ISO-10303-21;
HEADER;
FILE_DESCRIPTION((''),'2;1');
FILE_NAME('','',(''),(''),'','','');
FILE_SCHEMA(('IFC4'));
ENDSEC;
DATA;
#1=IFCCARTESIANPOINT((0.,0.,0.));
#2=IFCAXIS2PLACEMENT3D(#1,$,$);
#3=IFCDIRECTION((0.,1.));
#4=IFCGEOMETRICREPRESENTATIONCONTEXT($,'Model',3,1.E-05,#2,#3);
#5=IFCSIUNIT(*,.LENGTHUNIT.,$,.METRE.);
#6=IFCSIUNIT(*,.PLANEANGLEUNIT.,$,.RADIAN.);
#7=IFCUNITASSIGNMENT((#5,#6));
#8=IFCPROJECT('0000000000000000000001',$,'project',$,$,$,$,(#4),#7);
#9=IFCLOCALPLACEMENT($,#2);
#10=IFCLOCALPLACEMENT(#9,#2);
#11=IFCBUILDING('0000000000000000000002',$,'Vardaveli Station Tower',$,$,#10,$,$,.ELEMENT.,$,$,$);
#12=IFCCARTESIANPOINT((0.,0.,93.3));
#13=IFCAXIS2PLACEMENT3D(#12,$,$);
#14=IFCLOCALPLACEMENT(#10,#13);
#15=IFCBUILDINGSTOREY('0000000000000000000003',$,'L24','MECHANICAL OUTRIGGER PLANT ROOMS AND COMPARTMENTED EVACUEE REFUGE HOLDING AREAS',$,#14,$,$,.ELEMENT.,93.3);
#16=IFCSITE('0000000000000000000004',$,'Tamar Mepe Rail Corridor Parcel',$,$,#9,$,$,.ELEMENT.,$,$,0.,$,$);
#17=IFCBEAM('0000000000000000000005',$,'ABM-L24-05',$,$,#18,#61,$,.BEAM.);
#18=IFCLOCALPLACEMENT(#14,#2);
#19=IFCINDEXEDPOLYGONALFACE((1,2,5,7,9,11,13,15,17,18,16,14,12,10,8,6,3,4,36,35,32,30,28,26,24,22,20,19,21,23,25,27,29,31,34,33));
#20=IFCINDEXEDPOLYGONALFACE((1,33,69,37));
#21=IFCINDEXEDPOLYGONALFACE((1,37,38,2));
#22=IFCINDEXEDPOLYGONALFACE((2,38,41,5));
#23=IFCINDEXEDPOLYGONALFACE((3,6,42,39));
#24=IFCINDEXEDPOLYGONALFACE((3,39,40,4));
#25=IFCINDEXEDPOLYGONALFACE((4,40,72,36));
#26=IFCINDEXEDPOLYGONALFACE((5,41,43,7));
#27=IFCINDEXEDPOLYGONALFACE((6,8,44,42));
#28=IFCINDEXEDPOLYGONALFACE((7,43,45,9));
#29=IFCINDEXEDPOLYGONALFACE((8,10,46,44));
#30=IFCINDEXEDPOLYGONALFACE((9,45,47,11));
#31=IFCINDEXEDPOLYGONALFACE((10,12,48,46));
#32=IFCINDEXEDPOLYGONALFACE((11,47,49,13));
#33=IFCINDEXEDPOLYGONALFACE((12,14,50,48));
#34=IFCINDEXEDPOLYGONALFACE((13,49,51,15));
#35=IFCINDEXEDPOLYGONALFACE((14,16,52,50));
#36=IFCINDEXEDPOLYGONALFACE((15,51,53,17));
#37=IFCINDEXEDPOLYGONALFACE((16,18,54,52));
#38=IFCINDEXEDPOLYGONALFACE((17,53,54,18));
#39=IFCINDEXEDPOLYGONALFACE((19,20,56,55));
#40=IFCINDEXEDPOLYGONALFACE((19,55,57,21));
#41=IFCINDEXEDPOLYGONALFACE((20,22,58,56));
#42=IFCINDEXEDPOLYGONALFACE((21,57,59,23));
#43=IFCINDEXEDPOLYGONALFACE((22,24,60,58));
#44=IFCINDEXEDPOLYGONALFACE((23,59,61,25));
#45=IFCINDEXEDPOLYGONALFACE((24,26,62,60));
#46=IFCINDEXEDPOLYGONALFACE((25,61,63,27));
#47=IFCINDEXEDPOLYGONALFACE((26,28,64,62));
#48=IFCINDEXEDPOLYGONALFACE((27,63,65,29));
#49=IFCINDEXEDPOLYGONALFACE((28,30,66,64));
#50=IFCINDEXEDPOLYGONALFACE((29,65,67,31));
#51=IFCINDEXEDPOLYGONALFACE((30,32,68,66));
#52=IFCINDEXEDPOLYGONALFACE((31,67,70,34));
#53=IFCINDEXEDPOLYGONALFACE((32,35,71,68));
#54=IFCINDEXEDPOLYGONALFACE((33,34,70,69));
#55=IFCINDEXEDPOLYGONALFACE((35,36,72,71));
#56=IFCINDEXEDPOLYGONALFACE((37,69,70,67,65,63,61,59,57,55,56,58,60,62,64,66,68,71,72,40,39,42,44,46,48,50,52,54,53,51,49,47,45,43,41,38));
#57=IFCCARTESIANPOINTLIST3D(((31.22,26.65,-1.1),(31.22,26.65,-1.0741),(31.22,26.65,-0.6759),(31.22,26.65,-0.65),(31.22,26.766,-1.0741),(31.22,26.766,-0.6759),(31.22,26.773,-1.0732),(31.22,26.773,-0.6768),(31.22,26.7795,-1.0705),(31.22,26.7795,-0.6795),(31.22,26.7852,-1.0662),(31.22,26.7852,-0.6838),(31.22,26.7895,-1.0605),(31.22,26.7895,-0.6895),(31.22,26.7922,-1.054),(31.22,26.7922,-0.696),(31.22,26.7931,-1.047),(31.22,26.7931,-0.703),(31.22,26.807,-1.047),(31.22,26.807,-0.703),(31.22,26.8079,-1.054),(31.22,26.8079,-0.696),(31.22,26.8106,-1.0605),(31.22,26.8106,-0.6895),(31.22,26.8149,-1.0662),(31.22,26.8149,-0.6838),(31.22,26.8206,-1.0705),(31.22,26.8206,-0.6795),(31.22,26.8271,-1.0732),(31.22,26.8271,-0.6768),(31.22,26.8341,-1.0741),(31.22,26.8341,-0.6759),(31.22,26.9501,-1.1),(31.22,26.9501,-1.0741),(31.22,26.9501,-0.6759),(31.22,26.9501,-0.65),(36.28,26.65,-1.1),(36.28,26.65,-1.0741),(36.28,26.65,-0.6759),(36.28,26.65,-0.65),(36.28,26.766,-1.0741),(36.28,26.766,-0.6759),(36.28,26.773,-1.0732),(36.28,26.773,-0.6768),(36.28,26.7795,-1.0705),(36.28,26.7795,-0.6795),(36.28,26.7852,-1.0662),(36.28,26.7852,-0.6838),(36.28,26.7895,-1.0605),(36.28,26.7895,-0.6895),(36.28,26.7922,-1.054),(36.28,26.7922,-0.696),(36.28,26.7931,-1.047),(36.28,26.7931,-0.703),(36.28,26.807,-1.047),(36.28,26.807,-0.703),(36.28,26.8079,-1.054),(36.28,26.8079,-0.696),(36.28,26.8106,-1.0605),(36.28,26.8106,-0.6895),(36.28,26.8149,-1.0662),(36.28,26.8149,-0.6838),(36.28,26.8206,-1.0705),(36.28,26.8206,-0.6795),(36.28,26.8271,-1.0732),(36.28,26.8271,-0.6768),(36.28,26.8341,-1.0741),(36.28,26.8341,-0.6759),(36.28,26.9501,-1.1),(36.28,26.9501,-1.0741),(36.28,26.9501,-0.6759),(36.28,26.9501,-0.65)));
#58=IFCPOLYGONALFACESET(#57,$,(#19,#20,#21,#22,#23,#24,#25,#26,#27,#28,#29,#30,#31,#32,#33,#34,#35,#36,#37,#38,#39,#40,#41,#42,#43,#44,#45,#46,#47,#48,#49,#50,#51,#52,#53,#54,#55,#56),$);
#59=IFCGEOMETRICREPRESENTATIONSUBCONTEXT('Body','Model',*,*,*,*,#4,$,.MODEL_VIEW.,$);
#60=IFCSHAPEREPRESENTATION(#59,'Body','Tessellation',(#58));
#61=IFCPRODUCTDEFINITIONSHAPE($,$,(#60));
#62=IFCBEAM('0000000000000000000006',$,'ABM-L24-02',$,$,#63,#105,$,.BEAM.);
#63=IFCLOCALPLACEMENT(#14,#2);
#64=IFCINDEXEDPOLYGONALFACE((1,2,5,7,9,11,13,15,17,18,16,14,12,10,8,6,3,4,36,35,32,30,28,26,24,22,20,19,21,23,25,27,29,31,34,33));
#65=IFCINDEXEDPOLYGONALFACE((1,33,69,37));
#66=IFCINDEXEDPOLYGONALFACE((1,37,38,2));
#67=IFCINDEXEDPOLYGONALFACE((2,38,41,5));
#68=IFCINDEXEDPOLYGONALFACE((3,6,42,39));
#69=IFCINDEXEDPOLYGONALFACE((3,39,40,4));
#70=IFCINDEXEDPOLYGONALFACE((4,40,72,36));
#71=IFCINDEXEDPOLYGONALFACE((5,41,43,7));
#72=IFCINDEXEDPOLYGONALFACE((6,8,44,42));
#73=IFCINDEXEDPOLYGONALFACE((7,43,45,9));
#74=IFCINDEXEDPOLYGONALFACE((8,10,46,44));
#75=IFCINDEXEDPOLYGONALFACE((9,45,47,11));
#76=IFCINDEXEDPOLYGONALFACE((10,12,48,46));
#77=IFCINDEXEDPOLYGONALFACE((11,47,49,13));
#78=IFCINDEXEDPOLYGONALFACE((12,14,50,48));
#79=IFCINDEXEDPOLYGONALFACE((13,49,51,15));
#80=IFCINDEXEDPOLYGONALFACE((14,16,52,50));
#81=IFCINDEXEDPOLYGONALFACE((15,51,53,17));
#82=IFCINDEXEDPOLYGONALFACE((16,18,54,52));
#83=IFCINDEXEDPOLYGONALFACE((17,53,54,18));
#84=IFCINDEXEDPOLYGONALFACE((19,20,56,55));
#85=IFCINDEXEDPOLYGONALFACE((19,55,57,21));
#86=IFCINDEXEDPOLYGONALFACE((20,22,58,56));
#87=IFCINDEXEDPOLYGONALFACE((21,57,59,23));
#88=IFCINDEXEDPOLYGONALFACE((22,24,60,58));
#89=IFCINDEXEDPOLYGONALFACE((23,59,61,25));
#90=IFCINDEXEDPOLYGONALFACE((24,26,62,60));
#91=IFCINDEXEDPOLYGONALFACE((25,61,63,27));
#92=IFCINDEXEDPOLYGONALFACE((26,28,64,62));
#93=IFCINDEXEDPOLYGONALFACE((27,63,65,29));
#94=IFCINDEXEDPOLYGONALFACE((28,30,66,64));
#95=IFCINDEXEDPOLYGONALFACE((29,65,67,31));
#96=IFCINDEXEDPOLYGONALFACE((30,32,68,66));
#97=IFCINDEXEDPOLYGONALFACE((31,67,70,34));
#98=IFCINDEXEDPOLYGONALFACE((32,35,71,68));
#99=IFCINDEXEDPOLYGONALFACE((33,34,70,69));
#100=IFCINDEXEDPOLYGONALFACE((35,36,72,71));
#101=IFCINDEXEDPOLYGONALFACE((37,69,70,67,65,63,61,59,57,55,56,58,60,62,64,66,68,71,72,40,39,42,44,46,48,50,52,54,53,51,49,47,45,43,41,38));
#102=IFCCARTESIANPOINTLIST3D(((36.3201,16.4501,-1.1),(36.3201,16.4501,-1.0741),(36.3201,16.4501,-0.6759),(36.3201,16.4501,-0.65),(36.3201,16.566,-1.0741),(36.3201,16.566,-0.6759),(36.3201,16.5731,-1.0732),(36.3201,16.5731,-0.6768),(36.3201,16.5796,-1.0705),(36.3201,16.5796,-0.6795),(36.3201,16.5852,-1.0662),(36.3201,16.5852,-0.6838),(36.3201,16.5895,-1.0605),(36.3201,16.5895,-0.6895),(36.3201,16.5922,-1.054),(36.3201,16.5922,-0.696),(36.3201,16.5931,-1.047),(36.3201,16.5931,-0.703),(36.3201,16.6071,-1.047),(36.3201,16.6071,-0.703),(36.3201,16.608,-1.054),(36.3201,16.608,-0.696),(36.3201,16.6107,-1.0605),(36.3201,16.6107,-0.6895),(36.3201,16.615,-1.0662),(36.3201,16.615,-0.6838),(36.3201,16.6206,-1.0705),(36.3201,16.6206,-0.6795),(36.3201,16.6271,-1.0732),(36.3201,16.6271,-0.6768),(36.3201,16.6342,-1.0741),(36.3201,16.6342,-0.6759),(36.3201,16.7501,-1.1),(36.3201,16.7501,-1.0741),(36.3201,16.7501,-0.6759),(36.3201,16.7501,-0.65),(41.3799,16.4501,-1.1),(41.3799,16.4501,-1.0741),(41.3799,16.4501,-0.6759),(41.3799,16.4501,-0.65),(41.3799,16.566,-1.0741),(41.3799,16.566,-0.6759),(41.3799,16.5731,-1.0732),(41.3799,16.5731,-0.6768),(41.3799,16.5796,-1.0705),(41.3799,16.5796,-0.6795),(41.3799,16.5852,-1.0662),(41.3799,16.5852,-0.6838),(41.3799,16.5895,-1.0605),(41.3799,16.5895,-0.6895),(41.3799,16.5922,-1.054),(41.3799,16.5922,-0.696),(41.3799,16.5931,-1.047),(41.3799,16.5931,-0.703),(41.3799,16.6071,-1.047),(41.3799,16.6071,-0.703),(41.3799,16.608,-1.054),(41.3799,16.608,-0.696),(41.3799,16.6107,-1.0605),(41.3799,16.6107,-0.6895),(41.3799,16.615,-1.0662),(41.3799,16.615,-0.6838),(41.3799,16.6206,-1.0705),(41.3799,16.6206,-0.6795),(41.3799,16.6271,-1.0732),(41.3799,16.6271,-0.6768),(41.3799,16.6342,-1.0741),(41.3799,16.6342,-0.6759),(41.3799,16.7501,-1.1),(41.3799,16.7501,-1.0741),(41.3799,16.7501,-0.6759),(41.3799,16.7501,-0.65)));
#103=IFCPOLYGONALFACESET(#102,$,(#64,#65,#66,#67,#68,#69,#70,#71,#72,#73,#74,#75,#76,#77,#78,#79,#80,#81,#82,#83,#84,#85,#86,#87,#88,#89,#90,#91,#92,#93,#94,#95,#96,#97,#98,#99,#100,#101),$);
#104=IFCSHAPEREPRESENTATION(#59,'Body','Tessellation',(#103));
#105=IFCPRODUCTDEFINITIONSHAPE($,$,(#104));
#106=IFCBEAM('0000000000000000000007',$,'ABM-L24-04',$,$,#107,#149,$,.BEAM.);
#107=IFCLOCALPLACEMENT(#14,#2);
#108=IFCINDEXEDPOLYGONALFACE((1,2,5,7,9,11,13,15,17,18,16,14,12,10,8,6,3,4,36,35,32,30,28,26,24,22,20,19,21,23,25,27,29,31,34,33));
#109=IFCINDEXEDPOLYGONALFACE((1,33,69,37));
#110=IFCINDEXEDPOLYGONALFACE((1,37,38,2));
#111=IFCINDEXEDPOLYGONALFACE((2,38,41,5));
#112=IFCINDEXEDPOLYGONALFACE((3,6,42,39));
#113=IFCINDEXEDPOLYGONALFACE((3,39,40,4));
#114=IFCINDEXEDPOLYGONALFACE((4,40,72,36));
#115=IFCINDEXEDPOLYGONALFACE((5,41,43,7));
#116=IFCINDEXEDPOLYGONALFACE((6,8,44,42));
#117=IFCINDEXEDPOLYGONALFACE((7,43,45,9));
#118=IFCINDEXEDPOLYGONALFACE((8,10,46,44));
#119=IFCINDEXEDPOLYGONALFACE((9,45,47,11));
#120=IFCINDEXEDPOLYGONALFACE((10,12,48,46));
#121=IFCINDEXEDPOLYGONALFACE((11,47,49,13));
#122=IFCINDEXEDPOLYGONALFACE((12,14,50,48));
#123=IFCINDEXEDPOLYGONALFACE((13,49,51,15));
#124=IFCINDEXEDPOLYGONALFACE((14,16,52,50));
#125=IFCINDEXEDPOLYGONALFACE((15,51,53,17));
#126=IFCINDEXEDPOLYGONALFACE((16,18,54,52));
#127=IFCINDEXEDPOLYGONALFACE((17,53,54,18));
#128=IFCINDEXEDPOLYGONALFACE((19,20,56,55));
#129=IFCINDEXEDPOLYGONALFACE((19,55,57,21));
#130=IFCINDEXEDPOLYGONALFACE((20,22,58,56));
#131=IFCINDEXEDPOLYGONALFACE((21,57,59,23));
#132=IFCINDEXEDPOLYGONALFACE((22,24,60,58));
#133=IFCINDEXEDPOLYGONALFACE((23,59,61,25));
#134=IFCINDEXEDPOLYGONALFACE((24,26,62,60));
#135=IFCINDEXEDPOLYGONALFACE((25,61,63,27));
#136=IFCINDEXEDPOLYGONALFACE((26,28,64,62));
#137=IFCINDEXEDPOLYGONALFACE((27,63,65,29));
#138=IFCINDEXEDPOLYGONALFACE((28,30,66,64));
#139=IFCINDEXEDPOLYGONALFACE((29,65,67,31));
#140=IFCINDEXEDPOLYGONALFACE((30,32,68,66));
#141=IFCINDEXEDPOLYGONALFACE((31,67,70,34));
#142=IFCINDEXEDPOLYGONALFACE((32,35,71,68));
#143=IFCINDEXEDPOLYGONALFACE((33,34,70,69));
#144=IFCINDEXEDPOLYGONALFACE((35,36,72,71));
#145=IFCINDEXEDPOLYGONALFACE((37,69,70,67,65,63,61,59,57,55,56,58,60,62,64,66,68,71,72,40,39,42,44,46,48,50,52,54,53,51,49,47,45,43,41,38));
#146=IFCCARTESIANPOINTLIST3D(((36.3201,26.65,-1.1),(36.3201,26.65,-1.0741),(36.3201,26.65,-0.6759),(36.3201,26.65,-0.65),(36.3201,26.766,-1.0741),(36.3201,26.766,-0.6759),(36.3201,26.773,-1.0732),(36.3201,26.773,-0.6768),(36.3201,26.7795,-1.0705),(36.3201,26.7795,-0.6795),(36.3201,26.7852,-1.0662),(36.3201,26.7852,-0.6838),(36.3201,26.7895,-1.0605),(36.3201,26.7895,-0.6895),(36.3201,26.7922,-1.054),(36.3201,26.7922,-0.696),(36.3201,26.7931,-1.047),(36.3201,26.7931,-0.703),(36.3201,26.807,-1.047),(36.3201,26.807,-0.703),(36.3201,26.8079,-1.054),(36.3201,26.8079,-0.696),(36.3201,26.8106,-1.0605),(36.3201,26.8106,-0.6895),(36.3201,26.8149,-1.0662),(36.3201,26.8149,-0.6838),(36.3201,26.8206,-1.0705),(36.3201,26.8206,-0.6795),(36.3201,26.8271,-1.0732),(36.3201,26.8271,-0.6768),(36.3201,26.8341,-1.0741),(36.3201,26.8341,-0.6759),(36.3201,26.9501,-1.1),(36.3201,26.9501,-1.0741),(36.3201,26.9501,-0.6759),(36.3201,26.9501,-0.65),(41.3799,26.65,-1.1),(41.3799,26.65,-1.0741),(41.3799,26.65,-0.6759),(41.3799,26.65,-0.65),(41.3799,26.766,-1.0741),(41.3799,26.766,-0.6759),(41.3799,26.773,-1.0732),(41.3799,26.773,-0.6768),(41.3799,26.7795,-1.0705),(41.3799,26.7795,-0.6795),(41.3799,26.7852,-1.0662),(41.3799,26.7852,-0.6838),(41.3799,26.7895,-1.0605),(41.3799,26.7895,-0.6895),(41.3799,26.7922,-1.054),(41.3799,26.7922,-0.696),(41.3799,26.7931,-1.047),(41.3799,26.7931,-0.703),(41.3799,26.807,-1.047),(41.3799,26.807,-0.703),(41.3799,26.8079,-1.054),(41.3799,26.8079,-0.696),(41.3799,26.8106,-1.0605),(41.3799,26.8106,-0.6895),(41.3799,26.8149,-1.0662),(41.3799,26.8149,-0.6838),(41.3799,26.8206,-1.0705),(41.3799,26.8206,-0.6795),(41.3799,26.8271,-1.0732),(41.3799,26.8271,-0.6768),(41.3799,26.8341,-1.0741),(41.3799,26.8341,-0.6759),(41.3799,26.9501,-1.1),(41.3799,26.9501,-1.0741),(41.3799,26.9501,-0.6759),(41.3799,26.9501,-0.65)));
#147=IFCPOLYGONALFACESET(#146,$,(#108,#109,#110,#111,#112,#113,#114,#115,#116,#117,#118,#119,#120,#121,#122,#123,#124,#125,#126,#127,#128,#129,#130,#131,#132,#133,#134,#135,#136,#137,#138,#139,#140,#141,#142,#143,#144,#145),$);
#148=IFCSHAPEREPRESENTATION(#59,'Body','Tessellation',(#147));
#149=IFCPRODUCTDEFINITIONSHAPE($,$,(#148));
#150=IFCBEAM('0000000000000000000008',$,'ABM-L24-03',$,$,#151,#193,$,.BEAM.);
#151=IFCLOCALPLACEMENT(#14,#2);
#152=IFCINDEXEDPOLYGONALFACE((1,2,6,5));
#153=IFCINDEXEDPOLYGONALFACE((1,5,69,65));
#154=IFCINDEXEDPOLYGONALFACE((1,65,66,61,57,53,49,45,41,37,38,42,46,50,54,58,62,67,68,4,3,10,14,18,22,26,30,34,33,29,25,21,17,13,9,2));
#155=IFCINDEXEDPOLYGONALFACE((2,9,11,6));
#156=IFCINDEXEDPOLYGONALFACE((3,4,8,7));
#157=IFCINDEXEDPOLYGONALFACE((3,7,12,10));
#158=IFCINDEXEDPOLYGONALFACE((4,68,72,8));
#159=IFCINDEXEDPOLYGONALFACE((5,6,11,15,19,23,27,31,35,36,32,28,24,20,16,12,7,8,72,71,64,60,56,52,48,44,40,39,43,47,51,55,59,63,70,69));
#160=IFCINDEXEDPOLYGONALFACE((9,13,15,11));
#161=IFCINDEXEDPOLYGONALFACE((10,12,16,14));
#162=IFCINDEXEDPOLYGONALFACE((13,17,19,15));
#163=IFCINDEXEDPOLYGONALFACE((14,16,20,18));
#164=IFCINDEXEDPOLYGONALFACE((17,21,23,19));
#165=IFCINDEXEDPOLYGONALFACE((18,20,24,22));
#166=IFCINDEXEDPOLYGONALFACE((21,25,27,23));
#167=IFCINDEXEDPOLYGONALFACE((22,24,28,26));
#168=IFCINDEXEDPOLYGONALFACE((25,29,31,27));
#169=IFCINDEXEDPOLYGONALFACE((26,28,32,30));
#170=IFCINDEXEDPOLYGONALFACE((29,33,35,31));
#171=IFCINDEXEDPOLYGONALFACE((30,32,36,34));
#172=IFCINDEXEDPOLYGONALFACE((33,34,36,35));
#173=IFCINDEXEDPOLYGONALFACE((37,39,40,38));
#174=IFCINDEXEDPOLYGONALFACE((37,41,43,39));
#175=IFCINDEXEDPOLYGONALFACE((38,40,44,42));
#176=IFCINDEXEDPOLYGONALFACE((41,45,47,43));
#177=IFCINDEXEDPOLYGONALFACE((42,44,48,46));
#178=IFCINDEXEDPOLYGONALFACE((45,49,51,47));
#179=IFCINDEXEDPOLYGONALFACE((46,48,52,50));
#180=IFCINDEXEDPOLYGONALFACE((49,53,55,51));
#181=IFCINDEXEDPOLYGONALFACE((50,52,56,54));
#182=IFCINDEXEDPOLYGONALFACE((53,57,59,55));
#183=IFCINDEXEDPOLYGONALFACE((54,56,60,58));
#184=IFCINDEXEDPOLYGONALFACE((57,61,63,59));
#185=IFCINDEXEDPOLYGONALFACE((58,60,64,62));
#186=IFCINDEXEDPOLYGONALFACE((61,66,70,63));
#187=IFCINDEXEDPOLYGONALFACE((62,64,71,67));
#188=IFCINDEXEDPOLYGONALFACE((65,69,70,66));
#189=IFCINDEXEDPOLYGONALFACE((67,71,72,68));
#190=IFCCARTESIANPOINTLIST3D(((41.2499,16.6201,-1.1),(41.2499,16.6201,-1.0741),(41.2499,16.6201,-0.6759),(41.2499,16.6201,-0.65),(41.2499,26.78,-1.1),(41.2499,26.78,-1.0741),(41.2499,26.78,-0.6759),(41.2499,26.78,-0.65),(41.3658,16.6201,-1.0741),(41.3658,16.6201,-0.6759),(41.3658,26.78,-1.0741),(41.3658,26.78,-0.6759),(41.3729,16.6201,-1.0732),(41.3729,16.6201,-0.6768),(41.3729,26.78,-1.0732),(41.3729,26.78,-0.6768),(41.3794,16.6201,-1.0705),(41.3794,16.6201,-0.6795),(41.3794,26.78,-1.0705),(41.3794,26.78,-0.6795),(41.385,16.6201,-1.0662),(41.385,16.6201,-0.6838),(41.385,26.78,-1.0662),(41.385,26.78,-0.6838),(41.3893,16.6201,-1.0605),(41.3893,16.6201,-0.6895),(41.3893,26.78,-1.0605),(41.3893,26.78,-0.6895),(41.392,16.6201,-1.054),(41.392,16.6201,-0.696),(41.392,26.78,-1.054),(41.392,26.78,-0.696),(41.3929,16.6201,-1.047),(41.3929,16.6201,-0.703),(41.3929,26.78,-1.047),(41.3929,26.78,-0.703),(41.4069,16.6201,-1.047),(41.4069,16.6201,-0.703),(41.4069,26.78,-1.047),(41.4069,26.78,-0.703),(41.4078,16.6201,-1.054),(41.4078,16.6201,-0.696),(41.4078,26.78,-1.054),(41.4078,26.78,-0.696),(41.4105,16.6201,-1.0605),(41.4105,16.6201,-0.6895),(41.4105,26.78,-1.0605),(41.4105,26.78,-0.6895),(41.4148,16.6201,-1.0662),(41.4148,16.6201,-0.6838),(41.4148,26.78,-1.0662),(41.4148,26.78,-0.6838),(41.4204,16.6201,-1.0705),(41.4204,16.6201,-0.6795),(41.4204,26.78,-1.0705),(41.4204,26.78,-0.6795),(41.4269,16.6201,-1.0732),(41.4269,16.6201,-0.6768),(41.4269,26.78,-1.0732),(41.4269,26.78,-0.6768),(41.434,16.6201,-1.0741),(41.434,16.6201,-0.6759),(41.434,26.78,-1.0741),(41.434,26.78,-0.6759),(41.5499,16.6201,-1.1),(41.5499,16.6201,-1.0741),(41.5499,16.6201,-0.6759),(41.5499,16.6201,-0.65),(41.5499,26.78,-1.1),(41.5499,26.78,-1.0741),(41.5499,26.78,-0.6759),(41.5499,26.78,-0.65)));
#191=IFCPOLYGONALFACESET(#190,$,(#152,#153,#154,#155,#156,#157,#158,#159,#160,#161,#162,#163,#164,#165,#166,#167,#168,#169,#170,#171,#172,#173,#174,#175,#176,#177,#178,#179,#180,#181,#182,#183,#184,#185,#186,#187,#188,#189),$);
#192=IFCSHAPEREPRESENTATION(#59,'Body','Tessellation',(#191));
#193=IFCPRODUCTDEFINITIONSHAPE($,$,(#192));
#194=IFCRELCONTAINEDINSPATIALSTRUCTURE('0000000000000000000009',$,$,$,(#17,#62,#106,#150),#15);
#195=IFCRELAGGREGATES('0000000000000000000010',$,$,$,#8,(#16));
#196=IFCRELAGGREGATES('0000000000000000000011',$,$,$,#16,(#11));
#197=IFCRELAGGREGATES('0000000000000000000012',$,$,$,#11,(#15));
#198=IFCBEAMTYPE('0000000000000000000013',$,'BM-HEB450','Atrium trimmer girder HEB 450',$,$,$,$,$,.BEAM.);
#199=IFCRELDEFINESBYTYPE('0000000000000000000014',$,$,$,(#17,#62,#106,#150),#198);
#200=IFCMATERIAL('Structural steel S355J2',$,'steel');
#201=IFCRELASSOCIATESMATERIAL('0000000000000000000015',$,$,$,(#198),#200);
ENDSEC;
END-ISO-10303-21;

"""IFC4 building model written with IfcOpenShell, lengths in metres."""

from ifc_helpers import new_model, si_unit, direction, frame, origin, origin_2d, place, context, subcontext, project, spatial, i_section, extrude, source, transform, mapped, material, material_profile, profile_set, type_object, element, save


model = new_model("IFC4")

# Units and contexts
model_context = context("Model", 3, precision=1e-05, world=origin(), true_north=direction((0.0, 1.0)))
body_context = subcontext(model_context, "Body", "Model", "MODEL_VIEW")
ifc_project = project(units=[si_unit("LENGTHUNIT", "METRE"), si_unit("PLANEANGLEUNIT", "RADIAN")], contexts=[model_context])

# Site, building, storey
site_placement = place(None, origin())
site = spatial("IfcSite", under=ifc_project, at=site_placement, Name="Tamar Mepe Rail Corridor Parcel", CompositionType="ELEMENT", RefElevation=0.0)
building_placement = place(site_placement, origin())
building = spatial("IfcBuilding", under=site, at=building_placement, Name="Vardaveli Station Tower", CompositionType="ELEMENT")
storey_placement = place(building_placement, frame((0.0, 0.0, 93.3)))
storey = spatial("IfcBuildingStorey", under=building, at=storey_placement, Name="L24", Description="MECHANICAL OUTRIGGER PLANT ROOMS AND COMPARTMENTED EVACUEE REFUGE HOLDING AREAS", CompositionType="ELEMENT", Elevation=93.3)

# Beams
ifc_material_1 = material(Name="Structural steel S355J2", Category="steel")
ifc_material_profile_1 = material_profile(ifc_material_1, i_section(OverallWidth=0.3, OverallDepth=0.45, WebThickness=0.0139, FlangeThickness=0.0259, FilletRadius=0.0271, at=origin_2d()), Name="HEB 450")
ifc_profile_set_1 = profile_set([ifc_material_profile_1], Name="Structural steel S355J2")
beam_type_1 = type_object("IfcBeamType", Name="BM-HEB450", Description="Atrium trimmer girder HEB 450", PredefinedType="BEAM", material=ifc_profile_set_1)
shared_shape_1 = source(origin(), body_context, "Body", "SweptSolid", [
    extrude(i_section(OverallWidth=0.3, OverallDepth=0.45, WebThickness=0.0139, FlangeThickness=0.0259, FilletRadius=0.0271, at=origin_2d()), origin(), (0.0, 0.0, 1.0), 5.0601),
])
beam_1_placement = place(storey_placement, frame((36.28, 26.8, -0.875), z_axis=(-1.0, 0.0, 0.0), x_axis=(0.0, -1.0, 0.0)))
element("IfcBeam", 1, at=beam_1_placement, inside=storey, type_object=beam_type_1, Name="ABM-L24-05", PredefinedType="BEAM", context=body_context, shape_type="MappedRepresentation", body=[
    mapped(shared_shape_1, transform((0.0, 0.0, 0.0), scale=1.0)),
])
shared_shape_2 = source(origin(), body_context, "Body", "SweptSolid", [
    extrude(i_section(OverallWidth=0.3, OverallDepth=0.45, WebThickness=0.0139, FlangeThickness=0.0259, FilletRadius=0.0271, at=origin_2d()), origin(), (0.0, 0.0, 1.0), 5.0598),
])
for number, where, z_axis, x_axis, name in (
    (2, (36.3201, 16.6001, -0.875), (1.0, 0.0, 0.0), (0.0, 1.0, 0.0), "ABM-L24-02"),
    (3, (41.3799, 26.8, -0.875), (-1.0, 0.0, 0.0), (0.0, -1.0, 0.0), "ABM-L24-04"),
):
    element("IfcBeam", number, at=place(storey_placement, frame(where, z_axis=z_axis, x_axis=x_axis)), inside=storey, type_object=beam_type_1, Name=name, PredefinedType="BEAM", context=body_context, shape_type="MappedRepresentation", body=[
        mapped(shared_shape_2, transform((0.0, 0.0, 0.0), scale=1.0)),
    ])
shared_shape_3 = source(origin(), body_context, "Body", "SweptSolid", [
    extrude(i_section(OverallWidth=0.3, OverallDepth=0.45, WebThickness=0.0139, FlangeThickness=0.0259, FilletRadius=0.0271, at=origin_2d()), origin(), (0.0, 0.0, 1.0), 10.1599),
])
beam_2_placement = place(storey_placement, frame((41.3999, 16.6201, -0.875), z_axis=(0.0, 1.0, 0.0), x_axis=(-1.0, 0.0, 0.0)))
element("IfcBeam", 4, at=beam_2_placement, inside=storey, type_object=beam_type_1, Name="ABM-L24-03", PredefinedType="BEAM", context=body_context, shape_type="MappedRepresentation", body=[
    mapped(shared_shape_3, transform((0.0, 0.0, 0.0), scale=1.0)),
])

save(model, "model.ifc")
